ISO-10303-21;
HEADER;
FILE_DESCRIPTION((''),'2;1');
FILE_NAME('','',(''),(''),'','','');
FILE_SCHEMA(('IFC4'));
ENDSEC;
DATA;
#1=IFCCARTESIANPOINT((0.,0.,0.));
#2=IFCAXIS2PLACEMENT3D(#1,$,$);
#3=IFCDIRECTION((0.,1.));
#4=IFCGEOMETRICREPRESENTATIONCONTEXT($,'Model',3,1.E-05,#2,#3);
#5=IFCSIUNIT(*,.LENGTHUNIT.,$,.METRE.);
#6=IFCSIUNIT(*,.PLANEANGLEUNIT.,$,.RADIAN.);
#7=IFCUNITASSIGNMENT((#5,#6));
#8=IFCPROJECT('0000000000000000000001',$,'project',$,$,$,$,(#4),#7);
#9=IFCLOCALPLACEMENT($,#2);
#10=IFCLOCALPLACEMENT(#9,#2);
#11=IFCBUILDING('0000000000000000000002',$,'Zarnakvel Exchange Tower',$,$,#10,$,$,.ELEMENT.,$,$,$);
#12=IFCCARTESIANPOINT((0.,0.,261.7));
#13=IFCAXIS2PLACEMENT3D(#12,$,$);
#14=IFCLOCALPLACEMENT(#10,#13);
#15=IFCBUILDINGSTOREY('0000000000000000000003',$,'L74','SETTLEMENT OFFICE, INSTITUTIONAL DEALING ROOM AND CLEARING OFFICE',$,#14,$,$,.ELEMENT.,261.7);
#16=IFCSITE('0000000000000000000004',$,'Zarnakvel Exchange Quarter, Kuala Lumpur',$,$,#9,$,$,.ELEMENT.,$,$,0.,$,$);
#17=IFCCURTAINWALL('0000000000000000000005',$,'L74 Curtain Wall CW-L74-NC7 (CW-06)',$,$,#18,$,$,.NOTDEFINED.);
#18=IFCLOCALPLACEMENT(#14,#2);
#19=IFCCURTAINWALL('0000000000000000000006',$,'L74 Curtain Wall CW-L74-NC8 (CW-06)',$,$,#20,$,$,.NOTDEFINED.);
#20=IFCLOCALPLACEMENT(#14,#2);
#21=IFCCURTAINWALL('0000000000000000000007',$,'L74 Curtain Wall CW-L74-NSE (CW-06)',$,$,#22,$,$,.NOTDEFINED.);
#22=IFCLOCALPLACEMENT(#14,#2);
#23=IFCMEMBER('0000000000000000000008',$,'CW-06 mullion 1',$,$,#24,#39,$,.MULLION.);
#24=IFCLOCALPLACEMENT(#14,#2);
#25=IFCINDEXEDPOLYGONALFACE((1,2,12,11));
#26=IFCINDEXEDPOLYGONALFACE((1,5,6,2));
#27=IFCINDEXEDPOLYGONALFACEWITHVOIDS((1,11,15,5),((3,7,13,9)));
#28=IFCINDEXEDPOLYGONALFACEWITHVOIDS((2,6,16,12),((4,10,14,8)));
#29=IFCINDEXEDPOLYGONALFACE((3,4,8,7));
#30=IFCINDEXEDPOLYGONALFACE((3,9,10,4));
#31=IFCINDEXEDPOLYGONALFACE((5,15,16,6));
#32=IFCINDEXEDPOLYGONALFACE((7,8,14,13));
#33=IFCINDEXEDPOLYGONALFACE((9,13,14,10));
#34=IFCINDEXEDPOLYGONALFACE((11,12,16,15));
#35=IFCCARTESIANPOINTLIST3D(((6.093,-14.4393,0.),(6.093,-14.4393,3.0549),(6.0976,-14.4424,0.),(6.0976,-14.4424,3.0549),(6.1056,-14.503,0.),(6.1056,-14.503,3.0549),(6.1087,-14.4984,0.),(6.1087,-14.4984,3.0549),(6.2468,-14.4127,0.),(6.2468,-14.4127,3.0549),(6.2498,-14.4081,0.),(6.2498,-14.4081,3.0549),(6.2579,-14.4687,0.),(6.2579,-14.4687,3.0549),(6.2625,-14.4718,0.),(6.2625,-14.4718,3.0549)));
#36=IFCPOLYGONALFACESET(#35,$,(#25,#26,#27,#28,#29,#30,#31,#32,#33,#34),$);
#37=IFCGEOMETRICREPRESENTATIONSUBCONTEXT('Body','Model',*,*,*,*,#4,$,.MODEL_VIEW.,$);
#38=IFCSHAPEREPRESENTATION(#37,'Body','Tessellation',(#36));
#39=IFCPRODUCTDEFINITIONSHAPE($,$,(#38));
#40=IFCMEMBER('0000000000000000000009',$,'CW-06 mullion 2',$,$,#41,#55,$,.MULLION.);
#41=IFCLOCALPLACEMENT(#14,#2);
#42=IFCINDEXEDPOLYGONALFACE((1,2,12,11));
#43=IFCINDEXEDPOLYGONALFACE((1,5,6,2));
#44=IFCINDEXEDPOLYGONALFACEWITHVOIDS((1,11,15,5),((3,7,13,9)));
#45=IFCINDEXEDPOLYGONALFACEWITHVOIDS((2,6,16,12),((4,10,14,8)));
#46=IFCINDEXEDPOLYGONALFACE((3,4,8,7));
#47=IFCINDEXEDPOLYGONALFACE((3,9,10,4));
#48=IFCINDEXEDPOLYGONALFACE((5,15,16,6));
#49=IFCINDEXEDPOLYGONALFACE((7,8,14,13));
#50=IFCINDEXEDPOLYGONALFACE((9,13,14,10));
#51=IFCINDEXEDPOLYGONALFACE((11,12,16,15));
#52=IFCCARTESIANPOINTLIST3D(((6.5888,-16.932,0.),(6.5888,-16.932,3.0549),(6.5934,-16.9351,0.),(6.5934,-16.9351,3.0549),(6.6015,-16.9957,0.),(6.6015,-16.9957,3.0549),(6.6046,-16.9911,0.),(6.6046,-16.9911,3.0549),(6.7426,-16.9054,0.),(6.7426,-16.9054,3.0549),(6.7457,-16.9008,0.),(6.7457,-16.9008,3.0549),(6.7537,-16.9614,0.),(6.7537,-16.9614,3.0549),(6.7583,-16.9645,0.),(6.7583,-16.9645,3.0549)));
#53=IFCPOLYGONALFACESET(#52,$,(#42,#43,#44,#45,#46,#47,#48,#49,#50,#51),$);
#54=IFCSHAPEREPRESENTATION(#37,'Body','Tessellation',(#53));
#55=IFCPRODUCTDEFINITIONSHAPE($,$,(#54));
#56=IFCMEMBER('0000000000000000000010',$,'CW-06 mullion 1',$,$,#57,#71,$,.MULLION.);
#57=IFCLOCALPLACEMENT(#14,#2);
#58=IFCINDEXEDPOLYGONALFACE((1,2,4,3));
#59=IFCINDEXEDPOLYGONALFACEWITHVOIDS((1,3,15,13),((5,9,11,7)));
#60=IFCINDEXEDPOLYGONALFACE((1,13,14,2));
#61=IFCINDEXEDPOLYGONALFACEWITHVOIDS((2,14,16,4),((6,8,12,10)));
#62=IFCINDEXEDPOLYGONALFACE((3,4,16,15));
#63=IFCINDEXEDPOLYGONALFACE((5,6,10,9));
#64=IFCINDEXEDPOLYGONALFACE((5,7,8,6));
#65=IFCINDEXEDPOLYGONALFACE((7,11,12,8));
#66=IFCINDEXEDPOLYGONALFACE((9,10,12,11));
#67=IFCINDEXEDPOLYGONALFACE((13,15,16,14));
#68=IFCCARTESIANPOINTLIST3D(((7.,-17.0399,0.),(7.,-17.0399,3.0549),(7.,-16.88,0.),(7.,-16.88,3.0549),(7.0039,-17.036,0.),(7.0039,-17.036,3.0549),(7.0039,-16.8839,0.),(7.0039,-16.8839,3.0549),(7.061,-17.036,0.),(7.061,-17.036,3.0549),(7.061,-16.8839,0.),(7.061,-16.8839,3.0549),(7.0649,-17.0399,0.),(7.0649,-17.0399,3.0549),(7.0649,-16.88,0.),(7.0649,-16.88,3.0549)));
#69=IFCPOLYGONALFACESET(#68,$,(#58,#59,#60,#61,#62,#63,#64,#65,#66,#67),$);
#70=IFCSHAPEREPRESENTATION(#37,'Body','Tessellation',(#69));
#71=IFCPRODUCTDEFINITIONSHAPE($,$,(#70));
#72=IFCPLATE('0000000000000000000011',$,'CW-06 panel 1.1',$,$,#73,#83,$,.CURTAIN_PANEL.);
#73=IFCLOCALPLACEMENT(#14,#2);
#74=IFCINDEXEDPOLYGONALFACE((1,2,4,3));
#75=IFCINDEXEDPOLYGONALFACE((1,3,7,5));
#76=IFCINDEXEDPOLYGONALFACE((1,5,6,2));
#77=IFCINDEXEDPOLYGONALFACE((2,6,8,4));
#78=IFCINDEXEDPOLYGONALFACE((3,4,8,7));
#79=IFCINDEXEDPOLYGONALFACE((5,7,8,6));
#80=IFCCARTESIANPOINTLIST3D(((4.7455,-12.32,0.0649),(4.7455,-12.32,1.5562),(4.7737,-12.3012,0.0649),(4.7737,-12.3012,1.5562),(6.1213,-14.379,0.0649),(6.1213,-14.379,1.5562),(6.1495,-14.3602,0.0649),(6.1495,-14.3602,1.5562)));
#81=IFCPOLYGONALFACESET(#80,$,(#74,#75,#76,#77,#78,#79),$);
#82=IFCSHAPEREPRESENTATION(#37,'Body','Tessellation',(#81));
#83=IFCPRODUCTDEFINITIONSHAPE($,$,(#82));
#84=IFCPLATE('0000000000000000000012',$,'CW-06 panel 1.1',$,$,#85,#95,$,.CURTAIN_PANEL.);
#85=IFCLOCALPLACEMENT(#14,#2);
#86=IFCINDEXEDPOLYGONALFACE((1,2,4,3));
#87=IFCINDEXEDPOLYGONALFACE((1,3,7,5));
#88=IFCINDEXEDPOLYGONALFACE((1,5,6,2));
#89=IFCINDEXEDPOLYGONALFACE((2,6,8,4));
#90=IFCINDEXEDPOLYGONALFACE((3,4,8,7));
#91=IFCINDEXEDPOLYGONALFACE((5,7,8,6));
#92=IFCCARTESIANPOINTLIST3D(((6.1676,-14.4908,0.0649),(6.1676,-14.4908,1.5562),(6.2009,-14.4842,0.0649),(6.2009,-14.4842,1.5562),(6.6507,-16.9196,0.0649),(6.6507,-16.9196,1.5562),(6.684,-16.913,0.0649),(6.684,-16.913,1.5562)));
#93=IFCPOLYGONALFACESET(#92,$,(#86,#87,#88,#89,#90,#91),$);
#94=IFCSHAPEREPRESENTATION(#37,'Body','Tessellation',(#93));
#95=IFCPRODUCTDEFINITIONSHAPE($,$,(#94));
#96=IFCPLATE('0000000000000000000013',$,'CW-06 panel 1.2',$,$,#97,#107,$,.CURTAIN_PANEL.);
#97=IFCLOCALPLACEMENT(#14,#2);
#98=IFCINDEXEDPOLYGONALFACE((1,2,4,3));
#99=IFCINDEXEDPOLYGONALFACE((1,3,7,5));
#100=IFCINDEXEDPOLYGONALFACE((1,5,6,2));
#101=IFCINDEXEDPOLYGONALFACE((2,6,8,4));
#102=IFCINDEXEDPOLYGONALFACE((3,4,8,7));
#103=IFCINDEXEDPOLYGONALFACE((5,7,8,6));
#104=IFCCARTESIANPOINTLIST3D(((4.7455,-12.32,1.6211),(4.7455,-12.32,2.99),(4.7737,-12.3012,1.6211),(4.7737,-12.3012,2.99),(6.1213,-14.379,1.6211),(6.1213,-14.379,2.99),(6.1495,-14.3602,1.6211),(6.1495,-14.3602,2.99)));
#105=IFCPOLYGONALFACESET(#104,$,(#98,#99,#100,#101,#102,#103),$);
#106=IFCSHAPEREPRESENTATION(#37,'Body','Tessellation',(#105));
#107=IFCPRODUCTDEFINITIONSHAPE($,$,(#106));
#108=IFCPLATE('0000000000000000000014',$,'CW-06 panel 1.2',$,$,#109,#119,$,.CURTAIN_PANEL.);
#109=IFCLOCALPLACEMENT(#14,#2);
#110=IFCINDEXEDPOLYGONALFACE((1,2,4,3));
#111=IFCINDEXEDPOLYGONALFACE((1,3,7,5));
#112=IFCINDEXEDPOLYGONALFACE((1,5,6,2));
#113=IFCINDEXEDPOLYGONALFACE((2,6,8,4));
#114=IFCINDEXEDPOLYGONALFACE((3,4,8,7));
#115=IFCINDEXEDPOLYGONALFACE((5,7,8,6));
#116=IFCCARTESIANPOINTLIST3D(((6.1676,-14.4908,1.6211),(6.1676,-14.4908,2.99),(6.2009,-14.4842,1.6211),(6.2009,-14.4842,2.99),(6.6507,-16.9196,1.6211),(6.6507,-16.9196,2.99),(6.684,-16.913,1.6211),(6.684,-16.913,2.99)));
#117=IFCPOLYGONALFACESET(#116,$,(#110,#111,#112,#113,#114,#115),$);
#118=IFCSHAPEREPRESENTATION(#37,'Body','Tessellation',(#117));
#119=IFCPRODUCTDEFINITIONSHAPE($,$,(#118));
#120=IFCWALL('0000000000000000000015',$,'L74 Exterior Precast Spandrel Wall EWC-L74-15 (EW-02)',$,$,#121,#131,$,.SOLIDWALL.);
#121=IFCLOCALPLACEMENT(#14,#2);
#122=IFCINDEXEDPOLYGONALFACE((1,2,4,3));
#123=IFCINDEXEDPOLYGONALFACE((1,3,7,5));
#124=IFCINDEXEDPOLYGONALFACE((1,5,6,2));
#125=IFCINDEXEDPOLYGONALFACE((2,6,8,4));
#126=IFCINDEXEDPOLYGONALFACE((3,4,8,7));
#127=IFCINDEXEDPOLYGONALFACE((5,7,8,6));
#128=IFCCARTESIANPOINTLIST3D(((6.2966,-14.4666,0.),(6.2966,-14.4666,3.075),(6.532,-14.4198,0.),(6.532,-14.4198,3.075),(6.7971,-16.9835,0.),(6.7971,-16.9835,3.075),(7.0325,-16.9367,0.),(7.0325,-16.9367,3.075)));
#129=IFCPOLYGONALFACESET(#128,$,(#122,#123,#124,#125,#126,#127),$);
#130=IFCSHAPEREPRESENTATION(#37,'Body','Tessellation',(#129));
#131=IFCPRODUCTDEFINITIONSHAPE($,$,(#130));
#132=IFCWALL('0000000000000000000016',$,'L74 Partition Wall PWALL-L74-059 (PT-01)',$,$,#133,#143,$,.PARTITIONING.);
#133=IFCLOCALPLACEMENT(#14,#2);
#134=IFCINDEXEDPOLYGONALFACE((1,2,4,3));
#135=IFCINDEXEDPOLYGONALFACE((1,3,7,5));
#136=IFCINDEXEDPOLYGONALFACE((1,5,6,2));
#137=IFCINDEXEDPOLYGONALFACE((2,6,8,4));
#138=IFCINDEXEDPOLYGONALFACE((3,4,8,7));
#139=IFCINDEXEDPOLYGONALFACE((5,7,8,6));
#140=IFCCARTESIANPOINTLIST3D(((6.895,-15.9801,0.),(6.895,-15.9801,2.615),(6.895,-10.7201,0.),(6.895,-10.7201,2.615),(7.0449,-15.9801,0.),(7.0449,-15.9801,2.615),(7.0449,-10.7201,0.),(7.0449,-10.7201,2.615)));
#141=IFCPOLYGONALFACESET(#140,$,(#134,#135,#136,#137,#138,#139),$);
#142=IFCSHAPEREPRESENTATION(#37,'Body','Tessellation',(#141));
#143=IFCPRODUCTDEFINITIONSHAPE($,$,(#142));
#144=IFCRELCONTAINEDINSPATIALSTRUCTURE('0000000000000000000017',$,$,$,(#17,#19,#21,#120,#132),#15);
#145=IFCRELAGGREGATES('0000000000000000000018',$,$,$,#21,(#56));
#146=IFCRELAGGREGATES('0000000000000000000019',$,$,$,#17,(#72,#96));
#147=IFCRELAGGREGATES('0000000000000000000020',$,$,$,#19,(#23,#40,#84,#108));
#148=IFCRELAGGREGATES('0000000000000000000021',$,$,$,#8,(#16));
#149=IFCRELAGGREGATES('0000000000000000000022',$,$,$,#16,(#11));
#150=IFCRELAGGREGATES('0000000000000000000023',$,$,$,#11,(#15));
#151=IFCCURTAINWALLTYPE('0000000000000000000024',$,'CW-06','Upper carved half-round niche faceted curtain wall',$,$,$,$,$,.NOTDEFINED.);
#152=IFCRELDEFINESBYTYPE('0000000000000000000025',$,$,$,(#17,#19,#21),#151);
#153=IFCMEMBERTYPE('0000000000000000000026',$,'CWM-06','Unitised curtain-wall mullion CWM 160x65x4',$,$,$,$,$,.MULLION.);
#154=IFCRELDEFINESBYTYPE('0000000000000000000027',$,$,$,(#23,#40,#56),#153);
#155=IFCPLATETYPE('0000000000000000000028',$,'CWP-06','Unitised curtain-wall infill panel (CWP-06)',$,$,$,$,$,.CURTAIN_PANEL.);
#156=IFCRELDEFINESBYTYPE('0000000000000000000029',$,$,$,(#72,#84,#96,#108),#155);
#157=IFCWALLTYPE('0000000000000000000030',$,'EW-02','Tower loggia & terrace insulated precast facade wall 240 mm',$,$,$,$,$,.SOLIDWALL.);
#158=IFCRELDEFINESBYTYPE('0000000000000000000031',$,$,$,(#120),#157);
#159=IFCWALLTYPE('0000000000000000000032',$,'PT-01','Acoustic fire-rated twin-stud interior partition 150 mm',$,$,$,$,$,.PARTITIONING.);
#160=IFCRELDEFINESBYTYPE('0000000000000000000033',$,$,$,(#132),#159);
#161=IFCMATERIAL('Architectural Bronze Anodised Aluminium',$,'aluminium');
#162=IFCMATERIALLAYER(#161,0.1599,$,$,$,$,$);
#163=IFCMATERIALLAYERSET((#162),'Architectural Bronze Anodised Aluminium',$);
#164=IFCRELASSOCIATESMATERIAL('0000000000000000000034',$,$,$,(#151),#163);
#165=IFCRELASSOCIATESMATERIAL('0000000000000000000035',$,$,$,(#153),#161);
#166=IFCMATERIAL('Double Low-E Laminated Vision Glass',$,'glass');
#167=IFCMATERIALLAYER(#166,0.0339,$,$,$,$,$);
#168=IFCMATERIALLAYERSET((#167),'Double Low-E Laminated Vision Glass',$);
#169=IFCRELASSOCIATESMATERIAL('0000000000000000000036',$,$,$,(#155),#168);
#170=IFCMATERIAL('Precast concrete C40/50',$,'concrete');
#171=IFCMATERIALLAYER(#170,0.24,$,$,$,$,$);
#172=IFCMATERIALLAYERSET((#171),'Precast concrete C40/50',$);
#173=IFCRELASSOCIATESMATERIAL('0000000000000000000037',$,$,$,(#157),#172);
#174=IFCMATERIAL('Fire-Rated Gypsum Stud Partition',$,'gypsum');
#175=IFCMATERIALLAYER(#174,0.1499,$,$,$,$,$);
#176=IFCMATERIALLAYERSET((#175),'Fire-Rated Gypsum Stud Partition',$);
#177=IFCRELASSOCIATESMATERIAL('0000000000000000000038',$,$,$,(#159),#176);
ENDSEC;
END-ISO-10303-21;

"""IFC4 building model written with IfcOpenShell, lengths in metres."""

from ifc_helpers import new_model, si_unit, direction, frame, frame_2d, origin, origin_2d, place, context, subcontext, project, spatial, rectangle, hollow_rectangle, extrude, source, transform, mapped, material, layer, layer_set, material_profile, profile_set, type_object, element, aggregate, save


model = new_model("IFC4")

# Units and contexts
model_context = context("Model", 3, precision=1e-05, world=origin(), true_north=direction((0.0, 1.0)))
body_context = subcontext(model_context, "Body", "Model", "MODEL_VIEW")
ifc_project = project(units=[si_unit("LENGTHUNIT", "METRE"), si_unit("PLANEANGLEUNIT", "RADIAN")], contexts=[model_context])

# Site, building, storey
site_placement = place(None, origin())
site = spatial("IfcSite", under=ifc_project, at=site_placement, Name="Zarnakvel Exchange Quarter, Kuala Lumpur", CompositionType="ELEMENT", RefElevation=0.0)
building_placement = place(site_placement, origin())
building = spatial("IfcBuilding", under=site, at=building_placement, Name="Zarnakvel Exchange Tower", CompositionType="ELEMENT")
storey_placement = place(building_placement, frame((0.0, 0.0, 261.7)))
storey = spatial("IfcBuildingStorey", under=building, at=storey_placement, Name="L74", Description="SETTLEMENT OFFICE, INSTITUTIONAL DEALING ROOM AND CLEARING OFFICE", CompositionType="ELEMENT", Elevation=261.7)

# Curtain walls
ifc_material_1 = material(Name="Architectural Bronze Anodised Aluminium", Category="aluminium")
ifc_layer_1 = layer(ifc_material_1, 0.1599)
ifc_layer_set_1 = layer_set([ifc_layer_1], Name="Architectural Bronze Anodised Aluminium")
curtain_wall_type = type_object("IfcCurtainWallType", Name="CW-06", Description="Upper carved half-round niche faceted curtain wall", PredefinedType="NOTDEFINED", material=ifc_layer_set_1)
curtain_wall_1_placement = place(storey_placement, origin())
curtain_wall_1 = element("IfcCurtainWall", 1, at=curtain_wall_1_placement, inside=storey, type_object=curtain_wall_type, Name="L74 Curtain Wall CW-L74-NC7 (CW-06)", PredefinedType="NOTDEFINED")
curtain_wall_2_placement = place(storey_placement, origin())
curtain_wall_2 = element("IfcCurtainWall", 2, at=curtain_wall_2_placement, inside=storey, type_object=curtain_wall_type, Name="L74 Curtain Wall CW-L74-NC8 (CW-06)", PredefinedType="NOTDEFINED")
curtain_wall_3_placement = place(storey_placement, origin())
curtain_wall_3 = element("IfcCurtainWall", 3, at=curtain_wall_3_placement, inside=storey, type_object=curtain_wall_type, Name="L74 Curtain Wall CW-L74-NSE (CW-06)", PredefinedType="NOTDEFINED")

# Members
ifc_material_profile_1 = material_profile(ifc_material_1, hollow_rectangle(XDim=0.1599, YDim=0.0649, WallThickness=0.0039, at=origin_2d()))
ifc_profile_set_1 = profile_set([ifc_material_profile_1], Name="Architectural Bronze Anodised Aluminium")
member_type_1 = type_object("IfcMemberType", Name="CWM-06", Description="Unitised curtain-wall mullion CWM 160x65x4", PredefinedType="MULLION", material=ifc_profile_set_1)
shared_shape_1 = source(origin(), body_context, "Body", "SweptSolid", [
    extrude(hollow_rectangle(XDim=0.1599, YDim=0.0649, WallThickness=0.0039, at=origin_2d()), origin(), (0.0, 0.0, 1.0), 3.0549),
])
member_1_placement = place(storey_placement, frame((6.1777, -14.4556, 0.0), z_axis=(0.0, 0.0, 1.0), x_axis=(0.980785, 0.19509, 0.0)))
member_1 = element("IfcMember", 4, at=member_1_placement, type_object=member_type_1, Name="CW-06 mullion 1", PredefinedType="MULLION", context=body_context, shape_type="MappedRepresentation", body=[
    mapped(shared_shape_1, transform((0.0, 0.0, 0.0), x_axis=(1.0, 0.0, 0.0), y_axis=(0.0, 1.0, 0.0), z_axis=(0.0, 0.0, 1.0), scale=1.0)),
])
member_2_placement = place(storey_placement, frame((6.6736, -16.9482, 0.0), z_axis=(0.0, 0.0, 1.0), x_axis=(0.980785, 0.19509, 0.0)))
member_2 = element("IfcMember", 5, at=member_2_placement, type_object=member_type_1, Name="CW-06 mullion 2", PredefinedType="MULLION", context=body_context, shape_type="MappedRepresentation", body=[
    mapped(shared_shape_1, transform((0.0, 0.0, 0.0), x_axis=(1.0, 0.0, 0.0), y_axis=(0.0, 1.0, 0.0), z_axis=(0.0, 0.0, 1.0), scale=1.0)),
])
member_3_placement = place(storey_placement, frame((7.0325, -16.96, 0.0), z_axis=(0.0, 0.0, 1.0), x_axis=(0.0, 1.0, 0.0)))
member_3 = element("IfcMember", 6, at=member_3_placement, type_object=member_type_1, Name="CW-06 mullion 1", PredefinedType="MULLION", context=body_context, shape_type="MappedRepresentation", body=[
    mapped(shared_shape_1, transform((0.0, 0.0, 0.0), x_axis=(1.0, 0.0, 0.0), y_axis=(0.0, 1.0, 0.0), z_axis=(0.0, 0.0, 1.0), scale=1.0)),
])
aggregate(curtain_wall_3, [member_3])

# Plates
ifc_material_2 = material(Name="Double Low-E Laminated Vision Glass", Category="glass")
ifc_layer_2 = layer(ifc_material_2, 0.0339)
ifc_layer_set_2 = layer_set([ifc_layer_2], Name="Double Low-E Laminated Vision Glass")
plate_type = type_object("IfcPlateType", Name="CWP-06", Description="Unitised curtain-wall infill panel (CWP-06)", PredefinedType="CURTAIN_PANEL", material=ifc_layer_set_2)
shared_shape_2 = source(origin(), body_context, "Body", "SweptSolid", [
    extrude(rectangle(XDim=2.4763, YDim=0.0339, at=origin_2d()), origin(), (0.0, 0.0, 1.0), 1.4912),
])
plate_1_placement = place(storey_placement, frame((5.4475, -13.3401, 0.0649), z_axis=(0.0, 0.0, 1.0), x_axis=(0.55557, -0.83147, 0.0)))
plate_1 = element("IfcPlate", 7, at=plate_1_placement, type_object=plate_type, Name="CW-06 panel 1.1", PredefinedType="CURTAIN_PANEL", context=body_context, shape_type="MappedRepresentation", body=[
    mapped(shared_shape_2, transform((0.0, 0.0, 0.0), x_axis=(1.0, 0.0, 0.0), y_axis=(0.0, 1.0, 0.0), z_axis=(0.0, 0.0, 1.0), scale=1.0)),
])
plate_2_placement = place(storey_placement, frame((6.4258, -15.7019, 0.0649), z_axis=(0.0, 0.0, 1.0), x_axis=(0.19509, -0.980785, 0.0)))
plate_2 = element("IfcPlate", 8, at=plate_2_placement, type_object=plate_type, Name="CW-06 panel 1.1", PredefinedType="CURTAIN_PANEL", context=body_context, shape_type="MappedRepresentation", body=[
    mapped(shared_shape_2, transform((0.0, 0.0, 0.0), x_axis=(1.0, 0.0, 0.0), y_axis=(0.0, 1.0, 0.0), z_axis=(0.0, 0.0, 1.0), scale=1.0)),
])
shared_shape_3 = source(origin(), body_context, "Body", "SweptSolid", [
    extrude(rectangle(XDim=2.4763, YDim=0.0339, at=origin_2d()), origin(), (0.0, 0.0, 1.0), 1.3689),
])
plate_3_placement = place(storey_placement, frame((5.4475, -13.3401, 1.6211), z_axis=(0.0, 0.0, 1.0), x_axis=(0.55557, -0.83147, 0.0)))
plate_3 = element("IfcPlate", 9, at=plate_3_placement, type_object=plate_type, Name="CW-06 panel 1.2", PredefinedType="CURTAIN_PANEL", context=body_context, shape_type="MappedRepresentation", body=[
    mapped(shared_shape_3, transform((0.0, 0.0, 0.0), x_axis=(1.0, 0.0, 0.0), y_axis=(0.0, 1.0, 0.0), z_axis=(0.0, 0.0, 1.0), scale=1.0)),
])
aggregate(curtain_wall_1, [plate_1, plate_3])
plate_4_placement = place(storey_placement, frame((6.4258, -15.7019, 1.6211), z_axis=(0.0, 0.0, 1.0), x_axis=(0.19509, -0.980785, 0.0)))
plate_4 = element("IfcPlate", 10, at=plate_4_placement, type_object=plate_type, Name="CW-06 panel 1.2", PredefinedType="CURTAIN_PANEL", context=body_context, shape_type="MappedRepresentation", body=[
    mapped(shared_shape_3, transform((0.0, 0.0, 0.0), x_axis=(1.0, 0.0, 0.0), y_axis=(0.0, 1.0, 0.0), z_axis=(0.0, 0.0, 1.0), scale=1.0)),
])
aggregate(curtain_wall_2, [member_1, member_2, plate_2, plate_4])

# Walls
ifc_material_3 = material(Name="Precast concrete C40/50", Category="concrete")
ifc_layer_3 = layer(ifc_material_3, 0.24)
ifc_layer_set_3 = layer_set([ifc_layer_3], Name="Precast concrete C40/50")
wall_type_1 = type_object("IfcWallType", Name="EW-02", Description="Tower loggia & terrace insulated precast facade wall 240 mm", PredefinedType="SOLIDWALL", material=ifc_layer_set_3)
wall_1_placement = place(storey_placement, frame((6.4143, -14.4431, 0.0), z_axis=(0.0, 0.0, 1.0), x_axis=(0.195037, -0.980796, 0.0)))
element("IfcWall", 11, at=wall_1_placement, inside=storey, type_object=wall_type_1, Name="L74 Exterior Precast Spandrel Wall EWC-L74-15 (EW-02)", PredefinedType="SOLIDWALL", context=body_context, shape_type="SweptSolid", body=[
    extrude(rectangle(XDim=2.5662, YDim=0.24, at=frame_2d((1.2832, 0.0))), origin(), (0.0, 0.0, 1.0), 3.075),
])
ifc_material_4 = material(Name="Fire-Rated Gypsum Stud Partition", Category="gypsum")
ifc_layer_4 = layer(ifc_material_4, 0.1499)
ifc_layer_set_4 = layer_set([ifc_layer_4], Name="Fire-Rated Gypsum Stud Partition")
wall_type_2 = type_object("IfcWallType", Name="PT-01", Description="Acoustic fire-rated twin-stud interior partition 150 mm", PredefinedType="PARTITIONING", material=ifc_layer_set_4)
wall_2_placement = place(storey_placement, frame((6.97, -15.98, 0.0), z_axis=(0.0, 0.0, 1.0), x_axis=(0.0, 1.0, 0.0)))
element("IfcWall", 12, at=wall_2_placement, inside=storey, type_object=wall_type_2, Name="L74 Partition Wall PWALL-L74-059 (PT-01)", PredefinedType="PARTITIONING", context=body_context, shape_type="SweptSolid", body=[
    extrude(rectangle(XDim=5.26, YDim=0.1499, at=frame_2d((2.6299, 0.0))), origin(), (0.0, 0.0, 1.0), 2.615),
])

save(model, "model.ifc")
